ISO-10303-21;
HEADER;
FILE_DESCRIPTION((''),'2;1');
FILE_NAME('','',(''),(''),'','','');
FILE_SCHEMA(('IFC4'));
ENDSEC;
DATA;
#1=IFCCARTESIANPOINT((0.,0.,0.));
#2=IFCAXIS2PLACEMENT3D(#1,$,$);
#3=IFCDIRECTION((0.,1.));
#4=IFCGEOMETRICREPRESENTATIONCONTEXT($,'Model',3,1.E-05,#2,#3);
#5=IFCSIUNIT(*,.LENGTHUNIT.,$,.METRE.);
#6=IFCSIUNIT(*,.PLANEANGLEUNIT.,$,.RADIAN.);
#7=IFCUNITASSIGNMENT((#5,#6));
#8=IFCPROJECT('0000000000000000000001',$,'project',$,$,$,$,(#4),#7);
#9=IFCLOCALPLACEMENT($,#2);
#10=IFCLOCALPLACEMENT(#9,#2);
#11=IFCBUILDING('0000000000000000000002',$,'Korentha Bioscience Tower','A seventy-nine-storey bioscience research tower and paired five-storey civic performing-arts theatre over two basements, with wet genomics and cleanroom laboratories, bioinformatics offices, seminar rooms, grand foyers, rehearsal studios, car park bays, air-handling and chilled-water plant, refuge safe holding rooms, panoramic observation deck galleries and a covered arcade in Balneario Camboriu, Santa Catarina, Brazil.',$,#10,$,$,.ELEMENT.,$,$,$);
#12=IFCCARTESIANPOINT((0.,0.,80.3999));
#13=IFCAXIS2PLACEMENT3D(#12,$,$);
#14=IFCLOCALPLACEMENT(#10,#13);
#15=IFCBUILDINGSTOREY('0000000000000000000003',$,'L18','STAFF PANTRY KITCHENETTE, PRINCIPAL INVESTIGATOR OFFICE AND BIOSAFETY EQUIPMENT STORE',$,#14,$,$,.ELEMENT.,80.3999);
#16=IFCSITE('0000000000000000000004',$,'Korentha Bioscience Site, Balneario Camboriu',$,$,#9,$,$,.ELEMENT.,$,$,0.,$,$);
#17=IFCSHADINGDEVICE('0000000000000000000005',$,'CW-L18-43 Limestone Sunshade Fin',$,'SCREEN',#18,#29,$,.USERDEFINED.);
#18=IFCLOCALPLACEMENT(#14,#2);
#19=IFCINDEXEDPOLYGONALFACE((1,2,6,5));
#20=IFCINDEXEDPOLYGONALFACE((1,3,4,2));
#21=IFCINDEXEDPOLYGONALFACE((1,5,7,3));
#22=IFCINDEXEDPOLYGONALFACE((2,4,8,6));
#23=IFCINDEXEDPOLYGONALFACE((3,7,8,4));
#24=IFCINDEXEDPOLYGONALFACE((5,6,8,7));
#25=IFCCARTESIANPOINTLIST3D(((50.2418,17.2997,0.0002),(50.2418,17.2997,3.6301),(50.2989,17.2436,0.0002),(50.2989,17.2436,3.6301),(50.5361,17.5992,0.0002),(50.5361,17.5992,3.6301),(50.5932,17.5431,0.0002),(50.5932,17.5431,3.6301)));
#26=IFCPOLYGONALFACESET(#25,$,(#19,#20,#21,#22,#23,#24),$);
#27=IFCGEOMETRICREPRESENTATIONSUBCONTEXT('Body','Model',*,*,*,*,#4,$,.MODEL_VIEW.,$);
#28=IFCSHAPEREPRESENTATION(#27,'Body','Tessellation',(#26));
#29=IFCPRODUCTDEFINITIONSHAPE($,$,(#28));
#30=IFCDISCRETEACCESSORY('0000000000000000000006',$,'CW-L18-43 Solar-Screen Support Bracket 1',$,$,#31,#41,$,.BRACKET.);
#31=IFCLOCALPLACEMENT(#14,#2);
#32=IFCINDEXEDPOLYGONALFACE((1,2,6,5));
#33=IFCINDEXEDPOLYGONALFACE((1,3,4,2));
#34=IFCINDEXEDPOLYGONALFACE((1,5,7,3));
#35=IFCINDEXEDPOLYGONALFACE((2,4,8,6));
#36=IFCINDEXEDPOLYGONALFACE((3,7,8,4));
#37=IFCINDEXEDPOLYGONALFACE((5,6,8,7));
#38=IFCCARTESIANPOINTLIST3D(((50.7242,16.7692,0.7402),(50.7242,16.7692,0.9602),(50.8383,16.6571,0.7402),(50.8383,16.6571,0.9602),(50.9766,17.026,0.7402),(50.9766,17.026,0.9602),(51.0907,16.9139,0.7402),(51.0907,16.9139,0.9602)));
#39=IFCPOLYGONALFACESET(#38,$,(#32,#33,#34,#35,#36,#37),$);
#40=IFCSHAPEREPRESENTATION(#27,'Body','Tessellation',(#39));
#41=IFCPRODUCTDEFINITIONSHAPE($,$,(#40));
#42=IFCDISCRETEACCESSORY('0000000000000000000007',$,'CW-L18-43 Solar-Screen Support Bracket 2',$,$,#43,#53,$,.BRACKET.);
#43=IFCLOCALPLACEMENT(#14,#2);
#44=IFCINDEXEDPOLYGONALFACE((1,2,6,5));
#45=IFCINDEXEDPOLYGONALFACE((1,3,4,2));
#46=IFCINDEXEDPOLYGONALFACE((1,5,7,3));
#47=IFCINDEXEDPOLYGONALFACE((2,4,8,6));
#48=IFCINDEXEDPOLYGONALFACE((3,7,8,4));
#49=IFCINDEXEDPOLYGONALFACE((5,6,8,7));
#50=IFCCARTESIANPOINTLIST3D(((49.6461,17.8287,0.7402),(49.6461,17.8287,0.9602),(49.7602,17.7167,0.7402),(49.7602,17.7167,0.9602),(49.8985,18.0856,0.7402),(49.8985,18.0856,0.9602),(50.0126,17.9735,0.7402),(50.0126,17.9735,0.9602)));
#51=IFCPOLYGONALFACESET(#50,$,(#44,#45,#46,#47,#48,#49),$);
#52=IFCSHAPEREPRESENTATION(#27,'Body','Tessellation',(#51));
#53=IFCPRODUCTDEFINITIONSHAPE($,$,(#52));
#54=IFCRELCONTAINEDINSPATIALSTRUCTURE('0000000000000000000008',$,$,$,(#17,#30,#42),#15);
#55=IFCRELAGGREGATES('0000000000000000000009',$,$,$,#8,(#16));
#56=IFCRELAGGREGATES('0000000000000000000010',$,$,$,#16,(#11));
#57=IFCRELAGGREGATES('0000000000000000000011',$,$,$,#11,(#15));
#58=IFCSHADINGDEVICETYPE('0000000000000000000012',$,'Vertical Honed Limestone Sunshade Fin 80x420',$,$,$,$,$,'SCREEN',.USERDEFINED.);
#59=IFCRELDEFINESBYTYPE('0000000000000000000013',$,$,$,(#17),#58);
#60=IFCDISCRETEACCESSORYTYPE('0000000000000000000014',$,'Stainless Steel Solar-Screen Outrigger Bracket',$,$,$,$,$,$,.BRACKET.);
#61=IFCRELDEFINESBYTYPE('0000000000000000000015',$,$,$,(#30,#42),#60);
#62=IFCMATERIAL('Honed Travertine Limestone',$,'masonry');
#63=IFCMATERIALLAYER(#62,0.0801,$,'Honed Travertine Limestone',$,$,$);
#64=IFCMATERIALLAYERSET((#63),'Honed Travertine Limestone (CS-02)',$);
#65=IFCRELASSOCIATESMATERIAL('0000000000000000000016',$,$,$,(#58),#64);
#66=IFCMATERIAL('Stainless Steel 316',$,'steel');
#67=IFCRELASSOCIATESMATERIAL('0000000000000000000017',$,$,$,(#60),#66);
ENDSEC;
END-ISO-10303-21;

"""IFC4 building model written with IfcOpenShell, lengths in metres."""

from ifc_helpers import new_model, si_unit, direction, frame, origin, origin_2d, place, context, subcontext, project, spatial, rectangle, extrude, material, layer, layer_set, type_object, element, save


model = new_model("IFC4")

# Units and contexts
model_context = context("Model", 3, precision=1e-05, world=origin(), true_north=direction((0.0, 1.0)))
body_context = subcontext(model_context, "Body", "Model", "MODEL_VIEW")
ifc_project = project(units=[si_unit("LENGTHUNIT", "METRE"), si_unit("PLANEANGLEUNIT", "RADIAN")], contexts=[model_context])

# Site, building, storey
site_placement = place(None, origin())
site = spatial("IfcSite", under=ifc_project, at=site_placement, Name="Korentha Bioscience Site, Balneario Camboriu", CompositionType="ELEMENT", RefElevation=0.0)
building_placement = place(site_placement, origin())
building = spatial("IfcBuilding", under=site, at=building_placement, Name="Korentha Bioscience Tower", Description="A seventy-nine-storey bioscience research tower and paired five-storey civic performing-arts theatre over two basements, with wet genomics and cleanroom laboratories, bioinformatics offices, seminar rooms, grand foyers, rehearsal studios, car park bays, air-handling and chilled-water plant, refuge safe holding rooms, panoramic observation deck galleries and a covered arcade in Balneario Camboriu, Santa Catarina, Brazil.", CompositionType="ELEMENT")
storey_placement = place(building_placement, frame((0.0, 0.0, 80.3999)))
storey = spatial("IfcBuildingStorey", under=building, at=storey_placement, Name="L18", Description="STAFF PANTRY KITCHENETTE, PRINCIPAL INVESTIGATOR OFFICE AND BIOSAFETY EQUIPMENT STORE", CompositionType="ELEMENT", Elevation=80.3999)

# Shading device
ifc_material_1 = material(Name="Honed Travertine Limestone", Category="masonry")
ifc_layer_1 = layer(ifc_material_1, 0.0801, Name="Honed Travertine Limestone")
ifc_layer_set_1 = layer_set([ifc_layer_1], Name="Honed Travertine Limestone (CS-02)")
shading_device_type_1 = type_object("IfcShadingDeviceType", Name="Vertical Honed Limestone Sunshade Fin 80x420", ElementType="SCREEN", PredefinedType="USERDEFINED", material=ifc_layer_set_1)
shading_device_1_placement = place(storey_placement, frame((50.4175, 17.4214, 0.0002), z_axis=(0.0, 0.0, 1.0), x_axis=(-0.713279, 0.70088, 0.0)))
element("IfcShadingDevice", 1, at=shading_device_1_placement, inside=storey, type_object=shading_device_type_1, Name="CW-L18-43 Limestone Sunshade Fin", ObjectType="SCREEN", PredefinedType="USERDEFINED", context=body_context, shape_type="SweptSolid", body=[
    extrude(rectangle(XDim=0.0801, YDim=0.4199, at=origin_2d()), origin(), (0.0, 0.0, 1.0), 3.6299),
])

# Discrete accessories
ifc_material_2 = material(Name="Stainless Steel 316", Category="steel")
discrete_accessory_type = type_object("IfcDiscreteAccessoryType", Name="Stainless Steel Solar-Screen Outrigger Bracket", PredefinedType="BRACKET", material=ifc_material_2)
for number, where, z_axis, x_axis, name in (
    (2, (50.9075, 16.8416, 0.7402), (0.0, 0.0, 1.0), (-0.713279, 0.70088, 0.0), "CW-L18-43 Solar-Screen Support Bracket 1"),
    (3, (49.8293, 17.9011, 0.7402), (0.0, 0.0, 1.0), (-0.713279, 0.70088, 0.0), "CW-L18-43 Solar-Screen Support Bracket 2"),
):
    element("IfcDiscreteAccessory", number, at=place(storey_placement, frame(where, z_axis=z_axis, x_axis=x_axis)), inside=storey, type_object=discrete_accessory_type, Name=name, PredefinedType="BRACKET", context=body_context, shape_type="SweptSolid", body=[
        extrude(rectangle(XDim=0.1599, YDim=0.3601, at=origin_2d()), origin(), (0.0, 0.0, 1.0), 0.22),
    ])

save(model, "model.ifc")
